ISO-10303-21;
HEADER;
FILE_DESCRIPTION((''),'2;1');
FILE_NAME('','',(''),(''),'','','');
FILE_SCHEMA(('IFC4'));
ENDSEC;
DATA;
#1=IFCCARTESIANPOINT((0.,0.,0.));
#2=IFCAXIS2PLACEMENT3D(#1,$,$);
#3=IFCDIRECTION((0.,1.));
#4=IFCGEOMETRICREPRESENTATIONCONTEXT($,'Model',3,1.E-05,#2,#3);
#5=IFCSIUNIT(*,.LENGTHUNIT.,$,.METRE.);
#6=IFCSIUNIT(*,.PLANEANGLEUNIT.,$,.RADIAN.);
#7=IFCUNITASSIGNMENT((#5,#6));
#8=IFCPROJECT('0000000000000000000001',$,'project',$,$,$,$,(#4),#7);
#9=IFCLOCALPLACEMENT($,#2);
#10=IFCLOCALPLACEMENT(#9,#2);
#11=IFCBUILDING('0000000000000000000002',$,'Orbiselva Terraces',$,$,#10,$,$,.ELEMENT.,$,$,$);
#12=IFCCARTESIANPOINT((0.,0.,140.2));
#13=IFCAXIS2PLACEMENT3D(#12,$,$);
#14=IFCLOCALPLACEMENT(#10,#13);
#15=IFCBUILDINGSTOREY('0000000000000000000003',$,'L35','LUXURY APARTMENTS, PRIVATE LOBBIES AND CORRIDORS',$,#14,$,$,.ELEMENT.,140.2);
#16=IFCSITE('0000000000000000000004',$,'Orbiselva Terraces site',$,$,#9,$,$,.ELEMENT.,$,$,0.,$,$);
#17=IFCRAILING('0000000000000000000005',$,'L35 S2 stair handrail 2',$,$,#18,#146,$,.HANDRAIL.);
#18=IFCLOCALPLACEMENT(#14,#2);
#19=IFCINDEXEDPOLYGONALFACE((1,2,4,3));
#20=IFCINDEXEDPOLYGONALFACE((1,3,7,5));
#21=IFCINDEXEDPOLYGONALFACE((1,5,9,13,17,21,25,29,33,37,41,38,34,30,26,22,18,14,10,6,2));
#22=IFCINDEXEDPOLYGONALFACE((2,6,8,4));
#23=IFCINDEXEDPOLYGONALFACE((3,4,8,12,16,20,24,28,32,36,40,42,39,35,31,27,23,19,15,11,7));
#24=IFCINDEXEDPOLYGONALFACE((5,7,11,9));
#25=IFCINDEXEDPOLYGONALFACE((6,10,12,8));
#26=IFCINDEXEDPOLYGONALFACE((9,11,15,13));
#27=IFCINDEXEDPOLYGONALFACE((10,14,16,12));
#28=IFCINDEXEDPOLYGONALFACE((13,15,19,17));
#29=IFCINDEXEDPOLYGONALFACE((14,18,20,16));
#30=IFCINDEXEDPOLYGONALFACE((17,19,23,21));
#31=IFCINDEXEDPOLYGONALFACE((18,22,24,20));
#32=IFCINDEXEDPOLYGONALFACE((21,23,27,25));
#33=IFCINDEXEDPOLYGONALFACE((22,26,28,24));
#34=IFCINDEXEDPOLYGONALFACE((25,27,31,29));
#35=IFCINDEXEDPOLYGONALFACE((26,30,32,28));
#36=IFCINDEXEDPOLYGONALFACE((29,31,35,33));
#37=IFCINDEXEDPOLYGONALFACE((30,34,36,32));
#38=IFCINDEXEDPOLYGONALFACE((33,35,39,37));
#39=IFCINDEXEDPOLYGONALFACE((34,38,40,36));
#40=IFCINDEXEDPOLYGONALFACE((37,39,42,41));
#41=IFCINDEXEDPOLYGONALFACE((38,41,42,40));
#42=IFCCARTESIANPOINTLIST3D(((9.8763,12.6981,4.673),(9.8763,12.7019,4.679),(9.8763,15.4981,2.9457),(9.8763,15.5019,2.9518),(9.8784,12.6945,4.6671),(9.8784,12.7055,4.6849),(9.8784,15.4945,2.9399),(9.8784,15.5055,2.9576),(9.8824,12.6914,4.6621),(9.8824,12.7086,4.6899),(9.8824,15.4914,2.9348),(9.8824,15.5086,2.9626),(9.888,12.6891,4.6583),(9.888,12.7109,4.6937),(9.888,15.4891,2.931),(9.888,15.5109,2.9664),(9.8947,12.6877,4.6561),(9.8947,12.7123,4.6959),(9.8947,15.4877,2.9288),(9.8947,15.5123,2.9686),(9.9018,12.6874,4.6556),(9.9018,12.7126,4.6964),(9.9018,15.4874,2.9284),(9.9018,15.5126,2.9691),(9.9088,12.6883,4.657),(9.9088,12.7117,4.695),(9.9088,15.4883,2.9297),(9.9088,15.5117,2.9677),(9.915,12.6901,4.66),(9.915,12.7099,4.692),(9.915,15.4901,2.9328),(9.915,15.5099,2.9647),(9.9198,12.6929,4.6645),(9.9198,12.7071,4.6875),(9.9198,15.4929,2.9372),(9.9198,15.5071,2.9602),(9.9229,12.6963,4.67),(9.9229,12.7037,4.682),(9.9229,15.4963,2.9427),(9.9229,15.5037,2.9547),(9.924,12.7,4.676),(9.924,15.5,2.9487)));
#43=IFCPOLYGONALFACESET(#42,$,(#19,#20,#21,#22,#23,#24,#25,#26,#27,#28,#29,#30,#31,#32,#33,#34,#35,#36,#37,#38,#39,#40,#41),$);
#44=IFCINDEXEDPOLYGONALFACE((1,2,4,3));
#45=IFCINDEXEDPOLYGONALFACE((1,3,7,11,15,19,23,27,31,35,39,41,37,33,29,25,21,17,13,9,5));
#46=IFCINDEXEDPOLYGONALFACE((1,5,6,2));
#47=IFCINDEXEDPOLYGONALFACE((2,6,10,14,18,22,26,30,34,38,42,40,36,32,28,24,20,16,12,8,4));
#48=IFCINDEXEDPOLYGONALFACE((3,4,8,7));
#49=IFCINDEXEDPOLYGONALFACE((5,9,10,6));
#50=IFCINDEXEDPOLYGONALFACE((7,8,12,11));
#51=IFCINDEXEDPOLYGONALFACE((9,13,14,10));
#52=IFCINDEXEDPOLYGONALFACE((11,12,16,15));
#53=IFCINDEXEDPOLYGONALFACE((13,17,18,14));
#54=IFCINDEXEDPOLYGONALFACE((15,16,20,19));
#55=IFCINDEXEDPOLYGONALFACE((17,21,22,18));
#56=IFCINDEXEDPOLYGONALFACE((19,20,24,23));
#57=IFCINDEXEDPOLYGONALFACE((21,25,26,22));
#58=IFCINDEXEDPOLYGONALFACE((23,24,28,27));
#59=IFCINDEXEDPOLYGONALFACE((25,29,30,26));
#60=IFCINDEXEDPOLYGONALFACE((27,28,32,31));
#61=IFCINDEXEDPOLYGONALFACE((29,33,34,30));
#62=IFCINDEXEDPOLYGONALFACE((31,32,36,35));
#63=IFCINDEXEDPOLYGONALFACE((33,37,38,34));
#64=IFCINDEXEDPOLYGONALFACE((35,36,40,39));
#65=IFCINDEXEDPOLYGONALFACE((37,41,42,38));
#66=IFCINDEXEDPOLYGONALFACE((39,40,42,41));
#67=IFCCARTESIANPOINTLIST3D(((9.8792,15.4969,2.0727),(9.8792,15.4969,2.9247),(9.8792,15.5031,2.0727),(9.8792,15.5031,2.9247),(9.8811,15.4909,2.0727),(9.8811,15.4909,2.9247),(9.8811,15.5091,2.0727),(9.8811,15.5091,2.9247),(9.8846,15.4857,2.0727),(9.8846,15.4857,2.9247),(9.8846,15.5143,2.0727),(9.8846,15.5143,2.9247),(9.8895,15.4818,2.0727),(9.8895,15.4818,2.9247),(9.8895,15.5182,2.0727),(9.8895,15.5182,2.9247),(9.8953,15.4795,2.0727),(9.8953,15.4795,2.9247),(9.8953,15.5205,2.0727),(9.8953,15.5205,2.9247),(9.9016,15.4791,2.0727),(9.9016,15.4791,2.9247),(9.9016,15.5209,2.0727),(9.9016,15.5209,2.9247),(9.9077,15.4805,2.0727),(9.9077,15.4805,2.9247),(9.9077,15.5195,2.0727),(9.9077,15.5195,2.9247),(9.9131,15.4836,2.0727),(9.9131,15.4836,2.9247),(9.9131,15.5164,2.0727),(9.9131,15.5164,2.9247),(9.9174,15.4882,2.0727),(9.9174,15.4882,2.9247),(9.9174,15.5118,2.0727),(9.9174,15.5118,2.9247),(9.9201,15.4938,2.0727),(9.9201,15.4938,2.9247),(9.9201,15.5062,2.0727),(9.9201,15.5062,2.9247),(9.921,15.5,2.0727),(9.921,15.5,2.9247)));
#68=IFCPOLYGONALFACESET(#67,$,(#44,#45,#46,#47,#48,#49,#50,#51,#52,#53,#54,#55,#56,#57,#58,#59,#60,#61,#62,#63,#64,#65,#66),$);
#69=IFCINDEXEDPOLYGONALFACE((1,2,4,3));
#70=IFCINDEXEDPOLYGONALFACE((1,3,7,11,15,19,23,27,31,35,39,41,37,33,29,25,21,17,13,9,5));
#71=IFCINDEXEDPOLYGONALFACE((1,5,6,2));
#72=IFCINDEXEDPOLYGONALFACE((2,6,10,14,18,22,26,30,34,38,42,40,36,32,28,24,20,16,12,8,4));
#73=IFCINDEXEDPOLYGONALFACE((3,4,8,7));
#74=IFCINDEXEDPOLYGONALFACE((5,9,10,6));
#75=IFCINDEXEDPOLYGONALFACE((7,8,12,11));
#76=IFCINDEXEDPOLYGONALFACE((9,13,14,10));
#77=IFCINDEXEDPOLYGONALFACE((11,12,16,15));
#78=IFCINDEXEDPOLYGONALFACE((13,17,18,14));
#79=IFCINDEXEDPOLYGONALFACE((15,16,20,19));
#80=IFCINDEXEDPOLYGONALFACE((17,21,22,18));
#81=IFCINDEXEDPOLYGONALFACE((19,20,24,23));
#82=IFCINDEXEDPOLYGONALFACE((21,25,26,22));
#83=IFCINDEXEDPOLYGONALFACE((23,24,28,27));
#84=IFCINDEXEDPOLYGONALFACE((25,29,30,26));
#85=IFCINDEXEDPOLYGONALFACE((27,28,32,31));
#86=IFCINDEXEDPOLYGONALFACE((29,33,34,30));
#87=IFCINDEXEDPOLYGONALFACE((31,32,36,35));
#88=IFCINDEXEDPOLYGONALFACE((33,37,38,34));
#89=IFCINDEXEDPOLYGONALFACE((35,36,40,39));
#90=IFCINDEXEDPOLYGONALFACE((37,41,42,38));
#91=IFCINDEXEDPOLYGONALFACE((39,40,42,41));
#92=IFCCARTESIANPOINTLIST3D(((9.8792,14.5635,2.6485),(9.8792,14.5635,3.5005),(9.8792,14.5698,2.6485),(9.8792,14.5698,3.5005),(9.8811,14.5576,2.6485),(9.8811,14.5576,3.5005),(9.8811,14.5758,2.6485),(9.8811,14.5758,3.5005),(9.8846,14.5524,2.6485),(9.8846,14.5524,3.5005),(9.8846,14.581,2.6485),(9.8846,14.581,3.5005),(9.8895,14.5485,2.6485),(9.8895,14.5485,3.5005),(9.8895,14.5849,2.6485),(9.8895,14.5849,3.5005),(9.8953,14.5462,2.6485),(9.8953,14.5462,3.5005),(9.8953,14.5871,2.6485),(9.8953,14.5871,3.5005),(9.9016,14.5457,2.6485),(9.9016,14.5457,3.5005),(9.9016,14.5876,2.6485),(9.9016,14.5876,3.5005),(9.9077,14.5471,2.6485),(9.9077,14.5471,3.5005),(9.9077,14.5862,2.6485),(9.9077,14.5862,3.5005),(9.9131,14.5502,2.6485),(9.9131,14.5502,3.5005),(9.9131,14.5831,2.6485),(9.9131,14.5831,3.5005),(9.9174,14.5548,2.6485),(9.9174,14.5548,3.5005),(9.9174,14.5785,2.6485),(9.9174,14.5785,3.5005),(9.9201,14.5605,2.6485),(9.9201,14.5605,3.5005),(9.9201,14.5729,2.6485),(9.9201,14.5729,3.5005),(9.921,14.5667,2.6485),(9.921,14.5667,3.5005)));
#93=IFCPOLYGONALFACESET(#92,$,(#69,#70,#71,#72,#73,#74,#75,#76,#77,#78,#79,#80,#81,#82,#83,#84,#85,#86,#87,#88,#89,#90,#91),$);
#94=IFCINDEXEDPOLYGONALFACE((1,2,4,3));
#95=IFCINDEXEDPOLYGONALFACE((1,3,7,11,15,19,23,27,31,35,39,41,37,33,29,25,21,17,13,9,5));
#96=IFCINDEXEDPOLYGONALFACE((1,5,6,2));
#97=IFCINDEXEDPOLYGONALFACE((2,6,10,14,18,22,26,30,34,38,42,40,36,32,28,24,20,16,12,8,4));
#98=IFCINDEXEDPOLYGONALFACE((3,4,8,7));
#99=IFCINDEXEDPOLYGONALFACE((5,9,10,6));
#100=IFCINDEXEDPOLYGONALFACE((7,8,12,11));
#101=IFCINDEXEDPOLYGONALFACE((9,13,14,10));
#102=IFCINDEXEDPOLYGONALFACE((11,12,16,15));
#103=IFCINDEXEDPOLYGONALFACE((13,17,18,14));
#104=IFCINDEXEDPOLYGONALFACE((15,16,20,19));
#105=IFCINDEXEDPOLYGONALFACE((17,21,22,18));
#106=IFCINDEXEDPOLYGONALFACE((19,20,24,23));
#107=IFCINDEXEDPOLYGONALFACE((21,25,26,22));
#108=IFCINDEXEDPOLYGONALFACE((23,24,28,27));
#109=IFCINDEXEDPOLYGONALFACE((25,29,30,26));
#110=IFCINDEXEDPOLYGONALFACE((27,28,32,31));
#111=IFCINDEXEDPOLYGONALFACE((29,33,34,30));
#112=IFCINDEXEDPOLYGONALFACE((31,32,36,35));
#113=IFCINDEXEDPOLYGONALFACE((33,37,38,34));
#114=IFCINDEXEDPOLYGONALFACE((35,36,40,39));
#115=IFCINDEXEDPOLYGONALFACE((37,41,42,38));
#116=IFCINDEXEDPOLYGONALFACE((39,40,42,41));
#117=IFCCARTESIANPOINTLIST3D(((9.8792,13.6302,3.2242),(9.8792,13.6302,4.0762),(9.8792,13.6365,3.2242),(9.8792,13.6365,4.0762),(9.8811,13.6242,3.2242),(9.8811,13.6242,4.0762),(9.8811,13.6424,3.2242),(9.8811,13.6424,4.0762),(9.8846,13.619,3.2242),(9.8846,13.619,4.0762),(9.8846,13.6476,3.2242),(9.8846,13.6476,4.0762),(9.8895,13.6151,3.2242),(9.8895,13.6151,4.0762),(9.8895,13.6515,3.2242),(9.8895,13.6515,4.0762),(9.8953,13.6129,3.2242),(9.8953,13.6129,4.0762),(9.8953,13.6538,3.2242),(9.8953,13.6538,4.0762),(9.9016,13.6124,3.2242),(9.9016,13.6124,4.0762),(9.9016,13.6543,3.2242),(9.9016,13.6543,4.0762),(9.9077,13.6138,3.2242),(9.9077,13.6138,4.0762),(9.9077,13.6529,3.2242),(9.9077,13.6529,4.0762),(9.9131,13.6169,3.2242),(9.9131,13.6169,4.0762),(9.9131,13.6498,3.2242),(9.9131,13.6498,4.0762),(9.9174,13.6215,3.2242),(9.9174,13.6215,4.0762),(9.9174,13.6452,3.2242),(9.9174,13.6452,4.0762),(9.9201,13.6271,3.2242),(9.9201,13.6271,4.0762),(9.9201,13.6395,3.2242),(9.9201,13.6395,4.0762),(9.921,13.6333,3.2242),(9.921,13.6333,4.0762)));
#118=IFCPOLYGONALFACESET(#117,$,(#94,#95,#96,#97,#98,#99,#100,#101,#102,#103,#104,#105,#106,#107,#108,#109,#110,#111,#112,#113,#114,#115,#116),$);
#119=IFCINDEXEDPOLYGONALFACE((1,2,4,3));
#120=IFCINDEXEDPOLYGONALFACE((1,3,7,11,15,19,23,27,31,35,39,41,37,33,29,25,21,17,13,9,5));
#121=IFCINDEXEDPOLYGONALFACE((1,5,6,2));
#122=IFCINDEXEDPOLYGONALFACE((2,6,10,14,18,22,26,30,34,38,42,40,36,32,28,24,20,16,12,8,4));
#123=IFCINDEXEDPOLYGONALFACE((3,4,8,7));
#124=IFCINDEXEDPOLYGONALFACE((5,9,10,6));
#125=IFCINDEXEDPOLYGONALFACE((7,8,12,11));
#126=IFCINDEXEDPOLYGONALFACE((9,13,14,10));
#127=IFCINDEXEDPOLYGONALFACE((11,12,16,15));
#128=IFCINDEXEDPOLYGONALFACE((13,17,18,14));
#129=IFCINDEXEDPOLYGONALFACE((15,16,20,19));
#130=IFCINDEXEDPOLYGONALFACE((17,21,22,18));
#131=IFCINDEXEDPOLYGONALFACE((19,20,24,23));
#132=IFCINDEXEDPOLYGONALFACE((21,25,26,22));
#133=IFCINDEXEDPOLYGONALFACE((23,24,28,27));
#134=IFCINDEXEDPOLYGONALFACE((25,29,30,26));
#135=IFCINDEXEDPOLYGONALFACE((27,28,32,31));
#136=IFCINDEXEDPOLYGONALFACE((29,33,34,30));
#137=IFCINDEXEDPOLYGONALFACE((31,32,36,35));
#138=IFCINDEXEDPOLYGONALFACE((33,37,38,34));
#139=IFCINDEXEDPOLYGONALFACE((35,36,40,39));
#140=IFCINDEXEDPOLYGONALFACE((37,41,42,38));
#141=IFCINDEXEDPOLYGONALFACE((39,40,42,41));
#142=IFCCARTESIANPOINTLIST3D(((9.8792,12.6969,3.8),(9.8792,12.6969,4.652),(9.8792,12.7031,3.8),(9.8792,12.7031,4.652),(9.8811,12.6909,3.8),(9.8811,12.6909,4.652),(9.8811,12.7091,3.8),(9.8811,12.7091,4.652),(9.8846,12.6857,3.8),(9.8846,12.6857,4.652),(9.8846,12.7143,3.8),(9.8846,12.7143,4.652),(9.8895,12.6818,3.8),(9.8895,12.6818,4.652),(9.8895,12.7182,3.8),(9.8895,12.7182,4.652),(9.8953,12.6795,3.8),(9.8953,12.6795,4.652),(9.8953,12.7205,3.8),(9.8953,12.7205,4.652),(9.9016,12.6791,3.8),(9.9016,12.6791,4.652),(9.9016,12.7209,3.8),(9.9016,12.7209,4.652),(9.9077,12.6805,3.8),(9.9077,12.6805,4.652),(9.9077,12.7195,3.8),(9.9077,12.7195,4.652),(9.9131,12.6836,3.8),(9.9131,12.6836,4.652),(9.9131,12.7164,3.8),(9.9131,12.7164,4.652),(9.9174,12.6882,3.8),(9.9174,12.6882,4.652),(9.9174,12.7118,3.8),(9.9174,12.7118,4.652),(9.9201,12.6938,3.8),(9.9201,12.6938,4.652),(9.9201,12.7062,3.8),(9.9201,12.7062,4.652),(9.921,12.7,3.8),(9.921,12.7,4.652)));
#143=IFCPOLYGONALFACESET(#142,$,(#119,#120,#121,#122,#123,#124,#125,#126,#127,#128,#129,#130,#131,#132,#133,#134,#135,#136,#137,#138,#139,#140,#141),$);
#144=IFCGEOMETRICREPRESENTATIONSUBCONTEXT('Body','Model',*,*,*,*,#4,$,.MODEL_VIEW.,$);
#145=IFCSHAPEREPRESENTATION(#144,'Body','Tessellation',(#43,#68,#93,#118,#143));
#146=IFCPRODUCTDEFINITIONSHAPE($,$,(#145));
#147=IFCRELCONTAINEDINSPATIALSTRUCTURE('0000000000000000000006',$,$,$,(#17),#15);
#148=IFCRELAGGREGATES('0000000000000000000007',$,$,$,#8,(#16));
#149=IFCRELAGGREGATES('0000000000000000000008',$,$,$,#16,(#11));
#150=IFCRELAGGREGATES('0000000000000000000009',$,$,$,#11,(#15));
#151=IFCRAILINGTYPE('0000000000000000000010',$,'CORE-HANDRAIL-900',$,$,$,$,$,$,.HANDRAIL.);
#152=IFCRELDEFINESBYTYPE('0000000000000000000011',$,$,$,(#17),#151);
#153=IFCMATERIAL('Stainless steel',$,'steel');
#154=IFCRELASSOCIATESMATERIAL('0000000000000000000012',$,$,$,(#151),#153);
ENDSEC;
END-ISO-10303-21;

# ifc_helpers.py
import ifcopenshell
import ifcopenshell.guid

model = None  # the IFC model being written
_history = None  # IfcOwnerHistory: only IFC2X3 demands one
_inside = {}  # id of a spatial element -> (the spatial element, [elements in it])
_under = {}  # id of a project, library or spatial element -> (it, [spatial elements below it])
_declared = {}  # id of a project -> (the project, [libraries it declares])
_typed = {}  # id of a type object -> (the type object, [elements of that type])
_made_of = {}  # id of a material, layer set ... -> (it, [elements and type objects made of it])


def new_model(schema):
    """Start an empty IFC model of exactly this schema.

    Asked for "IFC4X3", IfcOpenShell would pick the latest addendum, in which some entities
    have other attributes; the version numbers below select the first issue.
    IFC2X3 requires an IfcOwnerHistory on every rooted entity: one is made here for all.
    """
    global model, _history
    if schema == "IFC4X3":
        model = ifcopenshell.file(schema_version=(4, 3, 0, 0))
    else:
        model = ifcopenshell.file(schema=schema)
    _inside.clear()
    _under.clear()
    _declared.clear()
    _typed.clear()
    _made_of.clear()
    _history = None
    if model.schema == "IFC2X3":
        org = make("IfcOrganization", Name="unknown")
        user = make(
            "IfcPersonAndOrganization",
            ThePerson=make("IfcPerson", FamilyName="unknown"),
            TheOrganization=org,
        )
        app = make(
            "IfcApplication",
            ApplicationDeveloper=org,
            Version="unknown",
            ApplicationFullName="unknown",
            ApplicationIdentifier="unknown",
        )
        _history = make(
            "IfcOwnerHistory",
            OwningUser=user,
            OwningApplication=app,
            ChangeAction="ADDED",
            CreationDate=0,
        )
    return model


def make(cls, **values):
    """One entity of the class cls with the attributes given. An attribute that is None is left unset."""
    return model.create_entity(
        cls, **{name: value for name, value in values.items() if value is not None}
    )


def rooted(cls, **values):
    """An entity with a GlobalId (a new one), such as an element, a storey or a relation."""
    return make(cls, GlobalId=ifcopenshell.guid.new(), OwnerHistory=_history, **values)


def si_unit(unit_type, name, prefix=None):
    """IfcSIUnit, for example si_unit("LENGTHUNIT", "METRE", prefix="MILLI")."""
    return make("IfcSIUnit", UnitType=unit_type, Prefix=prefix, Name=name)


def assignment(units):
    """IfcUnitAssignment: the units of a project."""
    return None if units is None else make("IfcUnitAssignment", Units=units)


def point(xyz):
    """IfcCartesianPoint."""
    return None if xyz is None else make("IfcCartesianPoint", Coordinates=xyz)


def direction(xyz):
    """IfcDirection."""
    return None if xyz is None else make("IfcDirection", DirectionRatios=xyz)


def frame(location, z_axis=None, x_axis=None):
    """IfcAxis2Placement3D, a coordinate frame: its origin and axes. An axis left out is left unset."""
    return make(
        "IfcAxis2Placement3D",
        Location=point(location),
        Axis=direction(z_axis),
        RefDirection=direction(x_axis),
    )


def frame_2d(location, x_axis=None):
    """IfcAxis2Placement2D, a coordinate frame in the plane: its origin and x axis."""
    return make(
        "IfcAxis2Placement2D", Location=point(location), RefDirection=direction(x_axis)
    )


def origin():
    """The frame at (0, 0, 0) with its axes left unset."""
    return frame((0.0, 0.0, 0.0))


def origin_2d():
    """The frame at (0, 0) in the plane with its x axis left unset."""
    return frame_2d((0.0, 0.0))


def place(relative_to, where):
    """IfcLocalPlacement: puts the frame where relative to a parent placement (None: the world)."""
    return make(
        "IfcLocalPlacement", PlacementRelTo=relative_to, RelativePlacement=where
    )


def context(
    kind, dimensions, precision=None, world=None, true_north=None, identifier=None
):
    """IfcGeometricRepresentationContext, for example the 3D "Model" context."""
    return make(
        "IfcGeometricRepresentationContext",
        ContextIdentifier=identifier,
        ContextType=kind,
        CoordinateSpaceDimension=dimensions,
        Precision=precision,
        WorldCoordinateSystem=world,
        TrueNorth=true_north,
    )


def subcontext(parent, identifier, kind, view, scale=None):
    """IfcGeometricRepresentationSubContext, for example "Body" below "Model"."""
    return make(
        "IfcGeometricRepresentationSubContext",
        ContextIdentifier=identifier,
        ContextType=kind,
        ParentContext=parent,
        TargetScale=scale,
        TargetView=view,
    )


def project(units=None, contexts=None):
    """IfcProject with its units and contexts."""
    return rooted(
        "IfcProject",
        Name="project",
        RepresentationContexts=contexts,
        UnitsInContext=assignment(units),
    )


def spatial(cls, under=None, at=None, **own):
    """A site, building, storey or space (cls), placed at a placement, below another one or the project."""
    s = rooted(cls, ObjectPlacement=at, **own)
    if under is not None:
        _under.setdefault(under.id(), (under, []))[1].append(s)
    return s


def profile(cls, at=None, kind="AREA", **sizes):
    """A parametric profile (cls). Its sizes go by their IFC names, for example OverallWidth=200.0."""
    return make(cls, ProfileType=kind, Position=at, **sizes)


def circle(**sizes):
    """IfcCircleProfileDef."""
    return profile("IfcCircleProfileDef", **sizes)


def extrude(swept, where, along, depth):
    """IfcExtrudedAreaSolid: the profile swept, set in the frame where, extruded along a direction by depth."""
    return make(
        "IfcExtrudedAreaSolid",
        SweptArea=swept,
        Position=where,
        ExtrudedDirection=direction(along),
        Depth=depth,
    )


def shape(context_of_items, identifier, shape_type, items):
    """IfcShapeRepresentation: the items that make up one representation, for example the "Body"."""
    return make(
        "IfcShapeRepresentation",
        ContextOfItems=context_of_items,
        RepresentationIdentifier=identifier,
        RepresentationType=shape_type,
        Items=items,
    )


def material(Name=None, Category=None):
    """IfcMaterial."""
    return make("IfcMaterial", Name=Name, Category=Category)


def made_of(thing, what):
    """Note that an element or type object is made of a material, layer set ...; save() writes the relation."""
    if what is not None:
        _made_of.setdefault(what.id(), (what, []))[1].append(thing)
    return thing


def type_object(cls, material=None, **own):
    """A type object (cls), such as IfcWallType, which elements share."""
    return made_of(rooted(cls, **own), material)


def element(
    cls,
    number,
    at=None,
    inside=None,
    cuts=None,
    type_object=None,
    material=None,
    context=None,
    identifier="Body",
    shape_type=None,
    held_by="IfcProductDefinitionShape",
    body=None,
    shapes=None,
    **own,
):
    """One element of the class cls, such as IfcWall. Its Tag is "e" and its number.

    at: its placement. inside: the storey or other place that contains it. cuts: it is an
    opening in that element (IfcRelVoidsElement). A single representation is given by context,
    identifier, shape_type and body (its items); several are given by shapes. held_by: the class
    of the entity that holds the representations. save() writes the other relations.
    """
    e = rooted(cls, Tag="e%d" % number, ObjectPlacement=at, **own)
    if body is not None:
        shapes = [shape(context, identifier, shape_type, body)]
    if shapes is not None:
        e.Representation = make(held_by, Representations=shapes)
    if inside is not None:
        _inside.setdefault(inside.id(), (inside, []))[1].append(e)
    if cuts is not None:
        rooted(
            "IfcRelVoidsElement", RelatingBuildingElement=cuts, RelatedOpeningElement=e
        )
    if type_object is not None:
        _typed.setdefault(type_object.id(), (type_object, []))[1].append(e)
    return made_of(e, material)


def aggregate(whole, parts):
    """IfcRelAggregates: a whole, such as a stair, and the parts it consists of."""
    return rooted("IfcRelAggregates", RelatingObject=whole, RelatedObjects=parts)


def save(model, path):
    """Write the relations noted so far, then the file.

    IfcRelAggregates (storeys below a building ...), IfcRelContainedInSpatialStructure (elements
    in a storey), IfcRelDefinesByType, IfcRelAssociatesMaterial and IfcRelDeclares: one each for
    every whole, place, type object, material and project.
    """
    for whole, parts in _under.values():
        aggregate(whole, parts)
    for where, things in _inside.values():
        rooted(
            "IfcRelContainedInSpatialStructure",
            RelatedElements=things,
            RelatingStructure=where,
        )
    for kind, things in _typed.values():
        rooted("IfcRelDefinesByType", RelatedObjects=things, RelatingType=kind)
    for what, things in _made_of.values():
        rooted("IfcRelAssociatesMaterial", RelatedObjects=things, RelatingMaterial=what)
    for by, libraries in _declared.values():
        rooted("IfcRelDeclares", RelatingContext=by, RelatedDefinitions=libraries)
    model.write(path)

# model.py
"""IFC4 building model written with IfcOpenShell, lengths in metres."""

from ifc_helpers import new_model, si_unit, direction, frame, origin, origin_2d, place, context, subcontext, project, spatial, circle, extrude, material, type_object, element, save


model = new_model("IFC4")

# Units and contexts
model_context = context("Model", 3, precision=1e-05, world=origin(), true_north=direction((0.0, 1.0)))
body_context = subcontext(model_context, "Body", "Model", "MODEL_VIEW")
ifc_project = project(units=[si_unit("LENGTHUNIT", "METRE"), si_unit("PLANEANGLEUNIT", "RADIAN")], contexts=[model_context])

# Site, building, storey
site_placement = place(None, origin())
site = spatial("IfcSite", under=ifc_project, at=site_placement, Name="Orbiselva Terraces site", CompositionType="ELEMENT", RefElevation=0.0)
building_placement = place(site_placement, origin())
building = spatial("IfcBuilding", under=site, at=building_placement, Name="Orbiselva Terraces", CompositionType="ELEMENT")
storey_placement = place(building_placement, frame((0.0, 0.0, 140.2)))
storey = spatial("IfcBuildingStorey", under=building, at=storey_placement, Name="L35", Description="LUXURY APARTMENTS, PRIVATE LOBBIES AND CORRIDORS", CompositionType="ELEMENT", Elevation=140.2)

# Railing
ifc_material_1 = material(Name="Stainless steel", Category="steel")
railing_type = type_object("IfcRailingType", Name="CORE-HANDRAIL-900", PredefinedType="HANDRAIL", material=ifc_material_1)
railing_placement = place(storey_placement, frame((9.9, 15.5, 2.0727)))
element("IfcRailing", 1, at=railing_placement, inside=storey, type_object=railing_type, Name="L35 S2 stair handrail 2", PredefinedType="HANDRAIL", context=body_context, shape_type="SweptSolid", body=[
    extrude(circle(Radius=0.024, at=origin_2d()), frame((0.0, 0.0, 0.876), z_axis=(0.0, -0.851089, 0.525022), x_axis=(1.0, 0.0, 0.0)), (0.0, 0.0, 1.0), 3.2899),
    extrude(circle(Radius=0.021, at=origin_2d()), origin(), (0.0, 0.0, 1.0), 0.852),
    extrude(circle(Radius=0.021, at=origin_2d()), frame((0.0, -0.9333, 0.5758)), (0.0, 0.0, 1.0), 0.852),
    extrude(circle(Radius=0.021, at=origin_2d()), frame((0.0, -1.8667, 1.1515)), (0.0, 0.0, 1.0), 0.852),
    extrude(circle(Radius=0.021, at=origin_2d()), frame((0.0, -2.8, 1.7273)), (0.0, 0.0, 1.0), 0.852),
])

save(model, "model.ifc")
